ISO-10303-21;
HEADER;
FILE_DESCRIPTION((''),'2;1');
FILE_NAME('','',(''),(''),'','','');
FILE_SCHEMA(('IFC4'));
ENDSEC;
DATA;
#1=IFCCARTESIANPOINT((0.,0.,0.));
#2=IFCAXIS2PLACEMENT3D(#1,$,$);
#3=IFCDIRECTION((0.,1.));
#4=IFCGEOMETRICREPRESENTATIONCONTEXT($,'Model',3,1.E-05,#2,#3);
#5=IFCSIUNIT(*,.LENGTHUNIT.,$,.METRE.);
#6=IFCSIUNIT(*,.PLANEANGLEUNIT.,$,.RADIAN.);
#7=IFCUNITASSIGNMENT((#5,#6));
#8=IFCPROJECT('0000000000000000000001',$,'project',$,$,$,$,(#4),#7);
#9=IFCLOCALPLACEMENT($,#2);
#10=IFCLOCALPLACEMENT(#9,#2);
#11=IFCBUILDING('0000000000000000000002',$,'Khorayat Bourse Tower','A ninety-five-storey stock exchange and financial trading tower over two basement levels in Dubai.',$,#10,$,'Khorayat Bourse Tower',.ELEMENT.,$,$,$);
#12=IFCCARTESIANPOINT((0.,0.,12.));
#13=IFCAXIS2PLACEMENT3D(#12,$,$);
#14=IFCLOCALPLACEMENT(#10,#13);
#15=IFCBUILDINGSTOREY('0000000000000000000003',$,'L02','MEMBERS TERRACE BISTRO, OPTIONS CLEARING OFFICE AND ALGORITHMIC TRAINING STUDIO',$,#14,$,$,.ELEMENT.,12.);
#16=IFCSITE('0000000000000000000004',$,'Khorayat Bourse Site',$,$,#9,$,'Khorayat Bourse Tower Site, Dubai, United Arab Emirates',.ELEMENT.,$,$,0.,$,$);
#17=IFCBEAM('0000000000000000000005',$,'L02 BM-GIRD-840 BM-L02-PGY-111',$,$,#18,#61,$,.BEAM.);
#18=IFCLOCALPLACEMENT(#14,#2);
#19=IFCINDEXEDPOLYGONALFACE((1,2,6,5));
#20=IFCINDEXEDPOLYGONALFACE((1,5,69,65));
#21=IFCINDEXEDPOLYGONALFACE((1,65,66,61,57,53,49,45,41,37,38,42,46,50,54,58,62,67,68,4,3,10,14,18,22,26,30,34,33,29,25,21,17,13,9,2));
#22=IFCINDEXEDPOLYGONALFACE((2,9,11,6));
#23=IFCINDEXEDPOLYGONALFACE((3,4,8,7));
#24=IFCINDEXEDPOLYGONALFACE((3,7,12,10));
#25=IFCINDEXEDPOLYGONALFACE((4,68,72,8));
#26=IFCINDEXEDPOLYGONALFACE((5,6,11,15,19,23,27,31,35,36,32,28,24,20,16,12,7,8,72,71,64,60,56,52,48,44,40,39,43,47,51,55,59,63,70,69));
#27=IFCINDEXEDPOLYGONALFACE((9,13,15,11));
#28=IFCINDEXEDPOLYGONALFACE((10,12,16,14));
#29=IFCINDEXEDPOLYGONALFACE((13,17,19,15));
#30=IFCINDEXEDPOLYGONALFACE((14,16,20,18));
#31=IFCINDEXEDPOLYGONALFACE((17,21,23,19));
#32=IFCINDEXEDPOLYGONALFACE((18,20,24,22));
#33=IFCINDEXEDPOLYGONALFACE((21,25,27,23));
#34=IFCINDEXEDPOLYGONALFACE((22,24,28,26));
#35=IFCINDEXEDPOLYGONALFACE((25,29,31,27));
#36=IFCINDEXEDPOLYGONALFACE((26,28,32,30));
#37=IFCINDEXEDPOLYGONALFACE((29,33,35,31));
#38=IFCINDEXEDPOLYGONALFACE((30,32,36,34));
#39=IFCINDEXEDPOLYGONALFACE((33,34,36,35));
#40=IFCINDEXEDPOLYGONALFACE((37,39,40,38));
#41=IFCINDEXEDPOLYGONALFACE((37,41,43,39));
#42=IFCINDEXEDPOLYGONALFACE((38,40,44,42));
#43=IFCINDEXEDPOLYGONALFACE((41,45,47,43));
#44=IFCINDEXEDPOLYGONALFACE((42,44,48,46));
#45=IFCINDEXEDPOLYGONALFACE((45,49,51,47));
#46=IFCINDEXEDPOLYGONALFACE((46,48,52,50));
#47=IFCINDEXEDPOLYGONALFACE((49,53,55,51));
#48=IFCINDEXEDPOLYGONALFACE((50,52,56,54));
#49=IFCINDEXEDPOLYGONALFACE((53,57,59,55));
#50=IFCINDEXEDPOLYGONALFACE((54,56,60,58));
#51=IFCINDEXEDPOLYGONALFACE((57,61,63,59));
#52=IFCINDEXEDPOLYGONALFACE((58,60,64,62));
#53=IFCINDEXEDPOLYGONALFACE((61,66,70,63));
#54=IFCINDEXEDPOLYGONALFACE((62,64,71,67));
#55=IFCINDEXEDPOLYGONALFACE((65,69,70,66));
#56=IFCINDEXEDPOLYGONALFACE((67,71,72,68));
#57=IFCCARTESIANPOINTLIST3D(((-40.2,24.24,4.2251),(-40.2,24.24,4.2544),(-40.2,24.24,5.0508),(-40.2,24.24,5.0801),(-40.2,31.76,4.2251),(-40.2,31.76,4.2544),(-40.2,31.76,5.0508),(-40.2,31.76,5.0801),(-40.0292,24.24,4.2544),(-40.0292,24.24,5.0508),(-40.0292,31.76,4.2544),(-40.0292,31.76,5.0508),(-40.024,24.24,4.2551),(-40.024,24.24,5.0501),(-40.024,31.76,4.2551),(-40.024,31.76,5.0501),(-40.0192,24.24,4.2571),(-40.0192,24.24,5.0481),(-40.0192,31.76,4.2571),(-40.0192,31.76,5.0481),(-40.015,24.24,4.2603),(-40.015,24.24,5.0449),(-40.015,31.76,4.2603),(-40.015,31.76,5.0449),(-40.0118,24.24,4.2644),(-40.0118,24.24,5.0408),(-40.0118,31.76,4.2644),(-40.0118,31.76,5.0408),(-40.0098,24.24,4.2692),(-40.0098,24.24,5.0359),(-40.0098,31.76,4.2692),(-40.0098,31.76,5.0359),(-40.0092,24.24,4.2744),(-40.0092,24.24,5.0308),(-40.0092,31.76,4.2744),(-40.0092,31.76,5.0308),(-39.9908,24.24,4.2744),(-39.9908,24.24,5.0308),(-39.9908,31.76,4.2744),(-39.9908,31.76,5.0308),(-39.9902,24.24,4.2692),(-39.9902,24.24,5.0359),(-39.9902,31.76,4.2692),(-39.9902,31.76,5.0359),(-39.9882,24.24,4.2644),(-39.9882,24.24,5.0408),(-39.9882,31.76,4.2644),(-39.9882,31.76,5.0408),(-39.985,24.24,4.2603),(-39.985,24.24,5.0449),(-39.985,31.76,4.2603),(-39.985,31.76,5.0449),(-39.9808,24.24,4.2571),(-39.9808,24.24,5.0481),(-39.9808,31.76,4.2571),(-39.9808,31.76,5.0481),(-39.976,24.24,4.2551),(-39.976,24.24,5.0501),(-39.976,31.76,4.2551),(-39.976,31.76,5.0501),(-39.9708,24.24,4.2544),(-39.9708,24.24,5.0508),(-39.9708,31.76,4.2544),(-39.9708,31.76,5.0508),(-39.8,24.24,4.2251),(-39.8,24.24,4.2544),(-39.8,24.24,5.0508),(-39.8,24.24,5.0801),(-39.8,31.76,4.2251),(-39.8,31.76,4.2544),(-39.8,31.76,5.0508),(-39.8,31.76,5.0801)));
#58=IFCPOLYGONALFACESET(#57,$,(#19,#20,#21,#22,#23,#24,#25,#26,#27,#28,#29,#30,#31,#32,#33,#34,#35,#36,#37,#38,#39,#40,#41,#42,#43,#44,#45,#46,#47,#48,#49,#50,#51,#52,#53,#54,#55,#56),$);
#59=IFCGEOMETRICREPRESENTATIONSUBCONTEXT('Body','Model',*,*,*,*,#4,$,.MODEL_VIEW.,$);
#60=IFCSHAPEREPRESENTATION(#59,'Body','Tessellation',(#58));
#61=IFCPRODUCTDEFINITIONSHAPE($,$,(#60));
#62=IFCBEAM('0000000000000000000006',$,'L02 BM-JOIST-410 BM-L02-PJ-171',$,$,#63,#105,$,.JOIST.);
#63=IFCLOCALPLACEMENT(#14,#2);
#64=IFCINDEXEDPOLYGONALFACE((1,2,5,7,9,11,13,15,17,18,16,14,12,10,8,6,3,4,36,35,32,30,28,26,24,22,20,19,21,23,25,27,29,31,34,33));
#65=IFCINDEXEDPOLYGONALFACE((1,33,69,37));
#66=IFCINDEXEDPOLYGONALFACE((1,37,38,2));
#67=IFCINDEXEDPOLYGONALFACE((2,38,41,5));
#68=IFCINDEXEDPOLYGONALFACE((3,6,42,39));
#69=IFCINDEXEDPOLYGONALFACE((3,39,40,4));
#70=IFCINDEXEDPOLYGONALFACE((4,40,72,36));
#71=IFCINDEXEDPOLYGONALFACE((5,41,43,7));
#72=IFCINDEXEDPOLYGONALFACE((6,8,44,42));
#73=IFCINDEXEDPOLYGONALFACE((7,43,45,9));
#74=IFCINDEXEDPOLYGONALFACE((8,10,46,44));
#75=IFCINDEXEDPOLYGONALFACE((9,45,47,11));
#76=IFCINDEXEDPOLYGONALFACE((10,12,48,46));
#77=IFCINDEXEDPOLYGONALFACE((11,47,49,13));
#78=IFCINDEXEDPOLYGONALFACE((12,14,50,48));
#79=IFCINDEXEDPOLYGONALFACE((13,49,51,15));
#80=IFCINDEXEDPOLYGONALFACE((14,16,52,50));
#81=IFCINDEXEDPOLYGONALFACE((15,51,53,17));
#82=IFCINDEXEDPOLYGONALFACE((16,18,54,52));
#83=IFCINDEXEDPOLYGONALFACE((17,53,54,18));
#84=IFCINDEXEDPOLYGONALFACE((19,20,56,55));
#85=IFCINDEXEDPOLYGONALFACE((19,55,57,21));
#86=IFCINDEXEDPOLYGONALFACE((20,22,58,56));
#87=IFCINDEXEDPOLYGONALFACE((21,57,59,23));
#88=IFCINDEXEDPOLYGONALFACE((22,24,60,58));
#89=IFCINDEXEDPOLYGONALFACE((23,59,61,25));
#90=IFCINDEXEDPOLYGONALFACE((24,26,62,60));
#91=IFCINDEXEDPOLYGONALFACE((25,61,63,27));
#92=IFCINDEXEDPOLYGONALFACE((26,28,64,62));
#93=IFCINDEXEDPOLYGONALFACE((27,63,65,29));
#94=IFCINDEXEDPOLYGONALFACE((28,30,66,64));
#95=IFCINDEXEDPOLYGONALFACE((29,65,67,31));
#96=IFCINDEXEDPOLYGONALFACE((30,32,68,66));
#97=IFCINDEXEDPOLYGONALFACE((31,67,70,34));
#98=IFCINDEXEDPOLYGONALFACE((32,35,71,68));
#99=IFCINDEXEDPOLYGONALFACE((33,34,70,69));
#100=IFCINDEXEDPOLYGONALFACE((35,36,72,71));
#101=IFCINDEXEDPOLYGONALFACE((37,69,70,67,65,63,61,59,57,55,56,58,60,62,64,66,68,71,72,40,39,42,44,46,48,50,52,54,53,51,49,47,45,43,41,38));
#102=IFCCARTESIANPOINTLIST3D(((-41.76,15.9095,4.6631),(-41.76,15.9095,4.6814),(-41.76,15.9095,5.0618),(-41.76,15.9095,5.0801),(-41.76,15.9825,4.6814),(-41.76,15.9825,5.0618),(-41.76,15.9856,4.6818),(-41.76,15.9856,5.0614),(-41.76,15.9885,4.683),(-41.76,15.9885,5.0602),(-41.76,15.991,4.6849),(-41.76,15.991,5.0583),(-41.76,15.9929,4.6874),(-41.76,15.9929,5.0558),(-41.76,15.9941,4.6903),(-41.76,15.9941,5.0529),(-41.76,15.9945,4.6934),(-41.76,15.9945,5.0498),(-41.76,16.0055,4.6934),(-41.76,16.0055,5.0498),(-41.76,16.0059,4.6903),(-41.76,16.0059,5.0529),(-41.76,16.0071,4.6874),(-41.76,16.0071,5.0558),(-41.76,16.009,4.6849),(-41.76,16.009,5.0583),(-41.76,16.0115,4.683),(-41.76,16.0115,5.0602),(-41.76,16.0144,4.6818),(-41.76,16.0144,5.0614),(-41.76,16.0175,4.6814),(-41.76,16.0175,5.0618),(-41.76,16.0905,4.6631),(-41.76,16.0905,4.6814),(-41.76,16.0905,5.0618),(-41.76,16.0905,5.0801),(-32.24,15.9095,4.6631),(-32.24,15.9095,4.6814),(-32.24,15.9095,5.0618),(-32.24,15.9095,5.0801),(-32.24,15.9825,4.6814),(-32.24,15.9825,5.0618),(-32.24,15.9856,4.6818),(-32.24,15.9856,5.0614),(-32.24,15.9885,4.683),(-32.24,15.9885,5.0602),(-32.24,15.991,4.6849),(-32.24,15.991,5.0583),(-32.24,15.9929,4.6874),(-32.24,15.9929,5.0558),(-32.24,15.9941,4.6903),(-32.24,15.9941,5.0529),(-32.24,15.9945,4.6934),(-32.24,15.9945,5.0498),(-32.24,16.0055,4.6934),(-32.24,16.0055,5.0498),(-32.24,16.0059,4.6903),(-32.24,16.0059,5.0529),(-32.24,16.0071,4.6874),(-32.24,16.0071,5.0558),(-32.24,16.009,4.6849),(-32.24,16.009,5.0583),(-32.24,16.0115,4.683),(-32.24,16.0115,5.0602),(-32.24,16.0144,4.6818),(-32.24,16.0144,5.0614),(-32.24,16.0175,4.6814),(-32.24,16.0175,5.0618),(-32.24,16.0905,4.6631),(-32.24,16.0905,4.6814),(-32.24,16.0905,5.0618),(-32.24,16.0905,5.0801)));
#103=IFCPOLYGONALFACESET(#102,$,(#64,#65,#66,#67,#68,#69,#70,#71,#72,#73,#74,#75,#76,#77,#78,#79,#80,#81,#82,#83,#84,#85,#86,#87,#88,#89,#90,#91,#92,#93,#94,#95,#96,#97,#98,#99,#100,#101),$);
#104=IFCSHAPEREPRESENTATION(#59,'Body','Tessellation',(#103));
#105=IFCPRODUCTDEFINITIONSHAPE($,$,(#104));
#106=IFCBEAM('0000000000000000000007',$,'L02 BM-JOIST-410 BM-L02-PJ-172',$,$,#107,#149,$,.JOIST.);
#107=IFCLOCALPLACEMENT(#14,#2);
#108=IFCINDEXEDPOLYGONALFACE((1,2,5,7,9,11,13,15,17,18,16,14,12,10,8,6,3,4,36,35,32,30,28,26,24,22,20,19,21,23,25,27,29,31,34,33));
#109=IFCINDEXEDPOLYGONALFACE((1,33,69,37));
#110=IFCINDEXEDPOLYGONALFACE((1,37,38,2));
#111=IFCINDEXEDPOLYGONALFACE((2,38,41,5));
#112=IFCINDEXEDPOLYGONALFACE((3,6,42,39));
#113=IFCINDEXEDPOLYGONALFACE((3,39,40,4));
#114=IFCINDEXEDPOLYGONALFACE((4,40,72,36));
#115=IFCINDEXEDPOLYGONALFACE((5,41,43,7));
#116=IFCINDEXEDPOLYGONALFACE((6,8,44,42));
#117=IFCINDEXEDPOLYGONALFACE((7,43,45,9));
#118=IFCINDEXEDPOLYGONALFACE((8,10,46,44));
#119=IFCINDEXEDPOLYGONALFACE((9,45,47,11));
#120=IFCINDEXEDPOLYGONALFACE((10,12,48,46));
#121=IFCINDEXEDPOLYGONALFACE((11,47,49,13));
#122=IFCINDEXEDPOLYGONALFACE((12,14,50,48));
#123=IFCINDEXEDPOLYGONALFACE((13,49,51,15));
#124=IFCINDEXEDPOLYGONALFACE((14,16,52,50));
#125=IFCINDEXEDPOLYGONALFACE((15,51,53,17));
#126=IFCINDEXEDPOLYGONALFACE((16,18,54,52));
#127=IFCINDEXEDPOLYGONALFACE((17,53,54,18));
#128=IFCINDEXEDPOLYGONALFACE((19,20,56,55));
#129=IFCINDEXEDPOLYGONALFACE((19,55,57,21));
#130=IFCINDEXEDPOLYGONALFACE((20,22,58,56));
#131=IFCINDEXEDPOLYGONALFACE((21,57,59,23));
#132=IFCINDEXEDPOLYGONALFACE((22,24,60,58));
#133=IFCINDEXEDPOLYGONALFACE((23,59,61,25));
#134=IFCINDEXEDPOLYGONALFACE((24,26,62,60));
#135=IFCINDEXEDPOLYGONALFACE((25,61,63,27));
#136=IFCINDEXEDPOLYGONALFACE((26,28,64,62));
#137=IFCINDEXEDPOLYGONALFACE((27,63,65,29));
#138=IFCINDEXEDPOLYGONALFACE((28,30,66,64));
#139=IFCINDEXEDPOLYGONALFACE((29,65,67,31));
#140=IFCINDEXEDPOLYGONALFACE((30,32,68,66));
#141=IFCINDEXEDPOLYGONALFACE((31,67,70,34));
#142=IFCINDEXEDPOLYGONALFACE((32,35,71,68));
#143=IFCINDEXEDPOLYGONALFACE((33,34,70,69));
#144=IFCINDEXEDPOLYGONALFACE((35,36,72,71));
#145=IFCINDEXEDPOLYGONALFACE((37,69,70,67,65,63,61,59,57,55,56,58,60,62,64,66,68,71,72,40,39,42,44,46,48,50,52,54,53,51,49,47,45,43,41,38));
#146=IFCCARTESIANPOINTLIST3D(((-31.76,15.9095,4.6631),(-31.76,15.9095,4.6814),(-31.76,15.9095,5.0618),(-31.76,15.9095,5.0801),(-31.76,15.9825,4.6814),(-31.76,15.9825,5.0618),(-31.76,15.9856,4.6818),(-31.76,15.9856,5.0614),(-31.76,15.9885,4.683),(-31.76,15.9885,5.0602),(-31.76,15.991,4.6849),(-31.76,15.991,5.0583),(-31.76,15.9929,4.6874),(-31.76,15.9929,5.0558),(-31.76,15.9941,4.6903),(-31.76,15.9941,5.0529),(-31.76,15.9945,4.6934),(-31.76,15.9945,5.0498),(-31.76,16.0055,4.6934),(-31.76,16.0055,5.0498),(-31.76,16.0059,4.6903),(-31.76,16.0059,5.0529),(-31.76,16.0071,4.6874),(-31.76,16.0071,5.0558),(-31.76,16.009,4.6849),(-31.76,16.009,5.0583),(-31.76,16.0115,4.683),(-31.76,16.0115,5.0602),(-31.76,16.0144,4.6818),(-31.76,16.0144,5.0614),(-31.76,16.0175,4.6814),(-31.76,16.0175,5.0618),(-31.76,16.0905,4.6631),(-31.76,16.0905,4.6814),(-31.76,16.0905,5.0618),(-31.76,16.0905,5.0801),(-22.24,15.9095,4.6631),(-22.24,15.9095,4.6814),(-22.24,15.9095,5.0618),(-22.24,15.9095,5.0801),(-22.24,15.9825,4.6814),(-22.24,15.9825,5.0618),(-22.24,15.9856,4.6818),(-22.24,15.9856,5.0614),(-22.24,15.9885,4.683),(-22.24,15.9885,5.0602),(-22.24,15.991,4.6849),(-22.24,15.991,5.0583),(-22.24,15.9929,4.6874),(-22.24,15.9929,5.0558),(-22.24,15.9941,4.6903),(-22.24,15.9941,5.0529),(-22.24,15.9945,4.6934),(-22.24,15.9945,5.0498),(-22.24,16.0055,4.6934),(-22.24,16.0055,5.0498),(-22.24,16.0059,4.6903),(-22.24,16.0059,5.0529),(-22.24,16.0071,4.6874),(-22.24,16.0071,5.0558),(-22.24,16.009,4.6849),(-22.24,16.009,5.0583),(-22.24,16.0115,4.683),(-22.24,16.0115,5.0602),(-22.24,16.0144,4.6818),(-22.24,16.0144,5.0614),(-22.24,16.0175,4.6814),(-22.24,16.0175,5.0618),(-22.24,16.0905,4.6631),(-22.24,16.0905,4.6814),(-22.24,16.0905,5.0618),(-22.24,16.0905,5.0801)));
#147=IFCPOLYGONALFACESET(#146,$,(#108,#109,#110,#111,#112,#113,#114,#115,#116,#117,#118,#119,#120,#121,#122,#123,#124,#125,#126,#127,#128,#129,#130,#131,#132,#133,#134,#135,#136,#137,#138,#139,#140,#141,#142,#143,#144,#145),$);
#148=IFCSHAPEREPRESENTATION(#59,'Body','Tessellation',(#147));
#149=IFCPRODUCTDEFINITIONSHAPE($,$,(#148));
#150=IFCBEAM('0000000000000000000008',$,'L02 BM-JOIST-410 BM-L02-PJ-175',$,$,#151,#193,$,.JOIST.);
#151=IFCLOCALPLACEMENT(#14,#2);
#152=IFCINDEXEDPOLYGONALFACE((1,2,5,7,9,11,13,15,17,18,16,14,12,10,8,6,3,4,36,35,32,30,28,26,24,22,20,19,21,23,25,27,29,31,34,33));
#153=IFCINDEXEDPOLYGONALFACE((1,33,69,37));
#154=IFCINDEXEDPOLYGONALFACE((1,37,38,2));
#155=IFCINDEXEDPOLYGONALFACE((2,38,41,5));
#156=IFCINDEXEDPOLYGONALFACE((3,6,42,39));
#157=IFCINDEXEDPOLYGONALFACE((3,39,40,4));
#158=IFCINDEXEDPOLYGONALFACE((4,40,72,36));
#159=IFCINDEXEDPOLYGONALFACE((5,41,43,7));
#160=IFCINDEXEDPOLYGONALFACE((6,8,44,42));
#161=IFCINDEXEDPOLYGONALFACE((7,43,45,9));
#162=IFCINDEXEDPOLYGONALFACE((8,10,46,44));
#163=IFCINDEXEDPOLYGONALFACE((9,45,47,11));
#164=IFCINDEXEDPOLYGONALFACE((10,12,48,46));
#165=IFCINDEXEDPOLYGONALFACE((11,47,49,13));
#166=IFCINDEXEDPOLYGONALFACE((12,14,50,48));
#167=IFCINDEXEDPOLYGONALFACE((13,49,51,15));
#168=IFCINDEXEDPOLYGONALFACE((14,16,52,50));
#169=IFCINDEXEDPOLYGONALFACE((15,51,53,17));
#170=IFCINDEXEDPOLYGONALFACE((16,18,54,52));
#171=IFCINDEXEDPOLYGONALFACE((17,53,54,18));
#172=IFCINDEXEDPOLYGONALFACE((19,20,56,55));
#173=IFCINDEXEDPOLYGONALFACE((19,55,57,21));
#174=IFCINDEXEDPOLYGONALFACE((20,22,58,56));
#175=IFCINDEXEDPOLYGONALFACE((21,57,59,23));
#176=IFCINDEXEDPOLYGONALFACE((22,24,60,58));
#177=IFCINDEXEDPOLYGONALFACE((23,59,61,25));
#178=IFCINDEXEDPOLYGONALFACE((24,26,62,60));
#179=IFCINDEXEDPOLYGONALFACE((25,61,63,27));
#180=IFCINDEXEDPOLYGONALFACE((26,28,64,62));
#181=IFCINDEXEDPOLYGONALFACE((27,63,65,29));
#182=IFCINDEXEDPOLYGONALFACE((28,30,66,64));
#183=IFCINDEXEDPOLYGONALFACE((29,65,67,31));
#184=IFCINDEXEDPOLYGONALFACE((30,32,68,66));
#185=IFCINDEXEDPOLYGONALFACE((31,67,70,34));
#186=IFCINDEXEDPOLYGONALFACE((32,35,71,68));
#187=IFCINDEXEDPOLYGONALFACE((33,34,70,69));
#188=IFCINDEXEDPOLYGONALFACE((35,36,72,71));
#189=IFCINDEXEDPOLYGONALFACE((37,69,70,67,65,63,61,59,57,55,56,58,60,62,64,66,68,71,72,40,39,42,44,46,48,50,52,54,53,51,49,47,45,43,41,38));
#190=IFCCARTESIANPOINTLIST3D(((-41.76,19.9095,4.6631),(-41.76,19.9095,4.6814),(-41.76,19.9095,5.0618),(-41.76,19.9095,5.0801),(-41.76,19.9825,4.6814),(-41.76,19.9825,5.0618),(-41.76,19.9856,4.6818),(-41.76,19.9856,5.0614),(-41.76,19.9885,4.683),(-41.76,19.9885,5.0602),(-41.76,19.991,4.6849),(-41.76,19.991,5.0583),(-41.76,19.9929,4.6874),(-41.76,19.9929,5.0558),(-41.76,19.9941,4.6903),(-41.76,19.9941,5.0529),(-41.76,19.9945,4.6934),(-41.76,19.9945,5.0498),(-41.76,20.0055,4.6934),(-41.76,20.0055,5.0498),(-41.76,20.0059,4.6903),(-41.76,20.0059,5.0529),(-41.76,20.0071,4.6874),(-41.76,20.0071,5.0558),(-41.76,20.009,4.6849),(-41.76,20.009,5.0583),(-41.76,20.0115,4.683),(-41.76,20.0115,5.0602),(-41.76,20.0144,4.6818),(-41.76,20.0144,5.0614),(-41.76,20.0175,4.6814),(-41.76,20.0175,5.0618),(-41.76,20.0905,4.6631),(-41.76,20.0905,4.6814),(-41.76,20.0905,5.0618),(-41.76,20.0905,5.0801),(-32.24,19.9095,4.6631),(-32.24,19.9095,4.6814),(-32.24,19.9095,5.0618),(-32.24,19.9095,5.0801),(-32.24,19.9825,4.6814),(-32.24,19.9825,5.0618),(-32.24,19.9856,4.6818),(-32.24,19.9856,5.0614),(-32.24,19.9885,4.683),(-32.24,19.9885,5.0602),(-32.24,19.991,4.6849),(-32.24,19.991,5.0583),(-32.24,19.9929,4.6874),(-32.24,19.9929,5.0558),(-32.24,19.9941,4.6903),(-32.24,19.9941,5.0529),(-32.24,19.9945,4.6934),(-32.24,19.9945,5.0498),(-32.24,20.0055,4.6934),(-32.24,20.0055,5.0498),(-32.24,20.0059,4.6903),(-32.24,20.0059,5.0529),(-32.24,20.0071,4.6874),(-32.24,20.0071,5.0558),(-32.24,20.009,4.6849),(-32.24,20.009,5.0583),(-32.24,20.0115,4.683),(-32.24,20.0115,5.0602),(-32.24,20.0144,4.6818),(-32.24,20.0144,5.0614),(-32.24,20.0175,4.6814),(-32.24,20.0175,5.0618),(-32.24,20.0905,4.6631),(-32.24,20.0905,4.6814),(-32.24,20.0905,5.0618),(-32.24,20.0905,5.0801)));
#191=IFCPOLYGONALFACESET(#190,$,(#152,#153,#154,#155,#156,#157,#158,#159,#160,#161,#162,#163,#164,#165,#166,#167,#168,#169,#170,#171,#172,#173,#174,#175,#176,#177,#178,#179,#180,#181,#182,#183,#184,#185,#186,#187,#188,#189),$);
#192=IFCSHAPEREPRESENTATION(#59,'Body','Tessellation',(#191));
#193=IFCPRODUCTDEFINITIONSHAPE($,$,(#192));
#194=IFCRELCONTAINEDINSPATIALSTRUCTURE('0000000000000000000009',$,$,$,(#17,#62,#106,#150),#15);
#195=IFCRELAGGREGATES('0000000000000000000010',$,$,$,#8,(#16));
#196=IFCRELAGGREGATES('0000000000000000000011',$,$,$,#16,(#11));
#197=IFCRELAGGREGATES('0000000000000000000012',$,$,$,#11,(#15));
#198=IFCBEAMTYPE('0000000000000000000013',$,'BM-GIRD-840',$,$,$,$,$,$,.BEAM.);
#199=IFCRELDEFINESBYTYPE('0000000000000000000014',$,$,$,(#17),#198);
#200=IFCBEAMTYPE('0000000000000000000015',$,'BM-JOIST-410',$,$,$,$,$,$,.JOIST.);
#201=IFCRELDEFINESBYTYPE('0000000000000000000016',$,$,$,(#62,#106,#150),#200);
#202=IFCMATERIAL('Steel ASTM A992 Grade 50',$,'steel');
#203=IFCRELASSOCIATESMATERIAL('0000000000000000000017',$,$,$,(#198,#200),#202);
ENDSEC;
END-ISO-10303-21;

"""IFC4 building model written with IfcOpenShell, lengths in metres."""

from ifc_helpers import new_model, si_unit, direction, frame, origin, origin_2d, place, context, subcontext, project, spatial, i_section, extrude, source, transform, mapped, material, material_profile, profile_set, type_object, element, save


model = new_model("IFC4")

# Units and contexts
model_context = context("Model", 3, precision=1e-05, world=origin(), true_north=direction((0.0, 1.0)))
body_context = subcontext(model_context, "Body", "Model", "MODEL_VIEW")
ifc_project = project(units=[si_unit("LENGTHUNIT", "METRE"), si_unit("PLANEANGLEUNIT", "RADIAN")], contexts=[model_context])

# Site, building, storey
site_placement = place(None, origin())
site = spatial("IfcSite", under=ifc_project, at=site_placement, Name="Khorayat Bourse Site", LongName="Khorayat Bourse Tower Site, Dubai, United Arab Emirates", CompositionType="ELEMENT", RefElevation=0.0)
building_placement = place(site_placement, origin())
building = spatial("IfcBuilding", under=site, at=building_placement, Name="Khorayat Bourse Tower", Description="A ninety-five-storey stock exchange and financial trading tower over two basement levels in Dubai.", LongName="Khorayat Bourse Tower", CompositionType="ELEMENT")
storey_placement = place(building_placement, frame((0.0, 0.0, 12.0)))
storey = spatial("IfcBuildingStorey", under=building, at=storey_placement, Name="L02", Description="MEMBERS TERRACE BISTRO, OPTIONS CLEARING OFFICE AND ALGORITHMIC TRAINING STUDIO", CompositionType="ELEMENT", Elevation=12.0)

# Beams
ifc_material_1 = material(Name="Steel ASTM A992 Grade 50", Category="steel")
ifc_material_profile_1 = material_profile(ifc_material_1, i_section(OverallWidth=0.3999, OverallDepth=0.855, WebThickness=0.0183, FlangeThickness=0.0293, FilletRadius=0.02, at=origin_2d()), Name="W840X299")
ifc_profile_set_1 = profile_set([ifc_material_profile_1], Name="Steel ASTM A992 Grade 50")
beam_type_1 = type_object("IfcBeamType", Name="BM-GIRD-840", PredefinedType="BEAM", material=ifc_profile_set_1)
shared_shape_1 = source(origin(), body_context, "Body", "SweptSolid", [
    extrude(i_section(OverallWidth=0.3999, OverallDepth=0.855, WebThickness=0.0183, FlangeThickness=0.0293, FilletRadius=0.02, at=origin_2d()), origin(), (0.0, 0.0, 1.0), 7.52),
])
beam_1_placement = place(storey_placement, frame((-40.0, 24.24, 4.6526), z_axis=(0.0, 1.0, 0.0), x_axis=(-1.0, 0.0, 0.0)))
element("IfcBeam", 1, at=beam_1_placement, inside=storey, type_object=beam_type_1, Name="L02 BM-GIRD-840 BM-L02-PGY-111", PredefinedType="BEAM", context=body_context, shape_type="MappedRepresentation", body=[
    mapped(shared_shape_1, transform((0.0, 0.0, 0.0), scale=1.0)),
])
ifc_material_profile_2 = material_profile(ifc_material_1, i_section(OverallWidth=0.1809, OverallDepth=0.417, WebThickness=0.011, FlangeThickness=0.0183, FilletRadius=0.012, at=origin_2d()), Name="W410X85")
ifc_profile_set_2 = profile_set([ifc_material_profile_2], Name="Steel ASTM A992 Grade 50")
beam_type_2 = type_object("IfcBeamType", Name="BM-JOIST-410", PredefinedType="JOIST", material=ifc_profile_set_2)
shared_shape_2 = source(origin(), body_context, "Body", "SweptSolid", [
    extrude(i_section(OverallWidth=0.1809, OverallDepth=0.417, WebThickness=0.011, FlangeThickness=0.0183, FilletRadius=0.012, at=origin_2d()), origin(), (0.0, 0.0, 1.0), 9.52),
])
for number, where, z_axis, x_axis, name in (
    (2, (-41.76, 16.0, 4.8716), (1.0, 0.0, 0.0), (0.0, 1.0, 0.0), "L02 BM-JOIST-410 BM-L02-PJ-171"),
    (3, (-31.76, 16.0, 4.8716), (1.0, 0.0, 0.0), (0.0, 1.0, 0.0), "L02 BM-JOIST-410 BM-L02-PJ-172"),
    (4, (-41.76, 20.0, 4.8716), (1.0, 0.0, 0.0), (0.0, 1.0, 0.0), "L02 BM-JOIST-410 BM-L02-PJ-175"),
):
    element("IfcBeam", number, at=place(storey_placement, frame(where, z_axis=z_axis, x_axis=x_axis)), inside=storey, type_object=beam_type_2, Name=name, PredefinedType="JOIST", context=body_context, shape_type="MappedRepresentation", body=[
        mapped(shared_shape_2, transform((0.0, 0.0, 0.0), scale=1.0)),
    ])

save(model, "model.ifc")
